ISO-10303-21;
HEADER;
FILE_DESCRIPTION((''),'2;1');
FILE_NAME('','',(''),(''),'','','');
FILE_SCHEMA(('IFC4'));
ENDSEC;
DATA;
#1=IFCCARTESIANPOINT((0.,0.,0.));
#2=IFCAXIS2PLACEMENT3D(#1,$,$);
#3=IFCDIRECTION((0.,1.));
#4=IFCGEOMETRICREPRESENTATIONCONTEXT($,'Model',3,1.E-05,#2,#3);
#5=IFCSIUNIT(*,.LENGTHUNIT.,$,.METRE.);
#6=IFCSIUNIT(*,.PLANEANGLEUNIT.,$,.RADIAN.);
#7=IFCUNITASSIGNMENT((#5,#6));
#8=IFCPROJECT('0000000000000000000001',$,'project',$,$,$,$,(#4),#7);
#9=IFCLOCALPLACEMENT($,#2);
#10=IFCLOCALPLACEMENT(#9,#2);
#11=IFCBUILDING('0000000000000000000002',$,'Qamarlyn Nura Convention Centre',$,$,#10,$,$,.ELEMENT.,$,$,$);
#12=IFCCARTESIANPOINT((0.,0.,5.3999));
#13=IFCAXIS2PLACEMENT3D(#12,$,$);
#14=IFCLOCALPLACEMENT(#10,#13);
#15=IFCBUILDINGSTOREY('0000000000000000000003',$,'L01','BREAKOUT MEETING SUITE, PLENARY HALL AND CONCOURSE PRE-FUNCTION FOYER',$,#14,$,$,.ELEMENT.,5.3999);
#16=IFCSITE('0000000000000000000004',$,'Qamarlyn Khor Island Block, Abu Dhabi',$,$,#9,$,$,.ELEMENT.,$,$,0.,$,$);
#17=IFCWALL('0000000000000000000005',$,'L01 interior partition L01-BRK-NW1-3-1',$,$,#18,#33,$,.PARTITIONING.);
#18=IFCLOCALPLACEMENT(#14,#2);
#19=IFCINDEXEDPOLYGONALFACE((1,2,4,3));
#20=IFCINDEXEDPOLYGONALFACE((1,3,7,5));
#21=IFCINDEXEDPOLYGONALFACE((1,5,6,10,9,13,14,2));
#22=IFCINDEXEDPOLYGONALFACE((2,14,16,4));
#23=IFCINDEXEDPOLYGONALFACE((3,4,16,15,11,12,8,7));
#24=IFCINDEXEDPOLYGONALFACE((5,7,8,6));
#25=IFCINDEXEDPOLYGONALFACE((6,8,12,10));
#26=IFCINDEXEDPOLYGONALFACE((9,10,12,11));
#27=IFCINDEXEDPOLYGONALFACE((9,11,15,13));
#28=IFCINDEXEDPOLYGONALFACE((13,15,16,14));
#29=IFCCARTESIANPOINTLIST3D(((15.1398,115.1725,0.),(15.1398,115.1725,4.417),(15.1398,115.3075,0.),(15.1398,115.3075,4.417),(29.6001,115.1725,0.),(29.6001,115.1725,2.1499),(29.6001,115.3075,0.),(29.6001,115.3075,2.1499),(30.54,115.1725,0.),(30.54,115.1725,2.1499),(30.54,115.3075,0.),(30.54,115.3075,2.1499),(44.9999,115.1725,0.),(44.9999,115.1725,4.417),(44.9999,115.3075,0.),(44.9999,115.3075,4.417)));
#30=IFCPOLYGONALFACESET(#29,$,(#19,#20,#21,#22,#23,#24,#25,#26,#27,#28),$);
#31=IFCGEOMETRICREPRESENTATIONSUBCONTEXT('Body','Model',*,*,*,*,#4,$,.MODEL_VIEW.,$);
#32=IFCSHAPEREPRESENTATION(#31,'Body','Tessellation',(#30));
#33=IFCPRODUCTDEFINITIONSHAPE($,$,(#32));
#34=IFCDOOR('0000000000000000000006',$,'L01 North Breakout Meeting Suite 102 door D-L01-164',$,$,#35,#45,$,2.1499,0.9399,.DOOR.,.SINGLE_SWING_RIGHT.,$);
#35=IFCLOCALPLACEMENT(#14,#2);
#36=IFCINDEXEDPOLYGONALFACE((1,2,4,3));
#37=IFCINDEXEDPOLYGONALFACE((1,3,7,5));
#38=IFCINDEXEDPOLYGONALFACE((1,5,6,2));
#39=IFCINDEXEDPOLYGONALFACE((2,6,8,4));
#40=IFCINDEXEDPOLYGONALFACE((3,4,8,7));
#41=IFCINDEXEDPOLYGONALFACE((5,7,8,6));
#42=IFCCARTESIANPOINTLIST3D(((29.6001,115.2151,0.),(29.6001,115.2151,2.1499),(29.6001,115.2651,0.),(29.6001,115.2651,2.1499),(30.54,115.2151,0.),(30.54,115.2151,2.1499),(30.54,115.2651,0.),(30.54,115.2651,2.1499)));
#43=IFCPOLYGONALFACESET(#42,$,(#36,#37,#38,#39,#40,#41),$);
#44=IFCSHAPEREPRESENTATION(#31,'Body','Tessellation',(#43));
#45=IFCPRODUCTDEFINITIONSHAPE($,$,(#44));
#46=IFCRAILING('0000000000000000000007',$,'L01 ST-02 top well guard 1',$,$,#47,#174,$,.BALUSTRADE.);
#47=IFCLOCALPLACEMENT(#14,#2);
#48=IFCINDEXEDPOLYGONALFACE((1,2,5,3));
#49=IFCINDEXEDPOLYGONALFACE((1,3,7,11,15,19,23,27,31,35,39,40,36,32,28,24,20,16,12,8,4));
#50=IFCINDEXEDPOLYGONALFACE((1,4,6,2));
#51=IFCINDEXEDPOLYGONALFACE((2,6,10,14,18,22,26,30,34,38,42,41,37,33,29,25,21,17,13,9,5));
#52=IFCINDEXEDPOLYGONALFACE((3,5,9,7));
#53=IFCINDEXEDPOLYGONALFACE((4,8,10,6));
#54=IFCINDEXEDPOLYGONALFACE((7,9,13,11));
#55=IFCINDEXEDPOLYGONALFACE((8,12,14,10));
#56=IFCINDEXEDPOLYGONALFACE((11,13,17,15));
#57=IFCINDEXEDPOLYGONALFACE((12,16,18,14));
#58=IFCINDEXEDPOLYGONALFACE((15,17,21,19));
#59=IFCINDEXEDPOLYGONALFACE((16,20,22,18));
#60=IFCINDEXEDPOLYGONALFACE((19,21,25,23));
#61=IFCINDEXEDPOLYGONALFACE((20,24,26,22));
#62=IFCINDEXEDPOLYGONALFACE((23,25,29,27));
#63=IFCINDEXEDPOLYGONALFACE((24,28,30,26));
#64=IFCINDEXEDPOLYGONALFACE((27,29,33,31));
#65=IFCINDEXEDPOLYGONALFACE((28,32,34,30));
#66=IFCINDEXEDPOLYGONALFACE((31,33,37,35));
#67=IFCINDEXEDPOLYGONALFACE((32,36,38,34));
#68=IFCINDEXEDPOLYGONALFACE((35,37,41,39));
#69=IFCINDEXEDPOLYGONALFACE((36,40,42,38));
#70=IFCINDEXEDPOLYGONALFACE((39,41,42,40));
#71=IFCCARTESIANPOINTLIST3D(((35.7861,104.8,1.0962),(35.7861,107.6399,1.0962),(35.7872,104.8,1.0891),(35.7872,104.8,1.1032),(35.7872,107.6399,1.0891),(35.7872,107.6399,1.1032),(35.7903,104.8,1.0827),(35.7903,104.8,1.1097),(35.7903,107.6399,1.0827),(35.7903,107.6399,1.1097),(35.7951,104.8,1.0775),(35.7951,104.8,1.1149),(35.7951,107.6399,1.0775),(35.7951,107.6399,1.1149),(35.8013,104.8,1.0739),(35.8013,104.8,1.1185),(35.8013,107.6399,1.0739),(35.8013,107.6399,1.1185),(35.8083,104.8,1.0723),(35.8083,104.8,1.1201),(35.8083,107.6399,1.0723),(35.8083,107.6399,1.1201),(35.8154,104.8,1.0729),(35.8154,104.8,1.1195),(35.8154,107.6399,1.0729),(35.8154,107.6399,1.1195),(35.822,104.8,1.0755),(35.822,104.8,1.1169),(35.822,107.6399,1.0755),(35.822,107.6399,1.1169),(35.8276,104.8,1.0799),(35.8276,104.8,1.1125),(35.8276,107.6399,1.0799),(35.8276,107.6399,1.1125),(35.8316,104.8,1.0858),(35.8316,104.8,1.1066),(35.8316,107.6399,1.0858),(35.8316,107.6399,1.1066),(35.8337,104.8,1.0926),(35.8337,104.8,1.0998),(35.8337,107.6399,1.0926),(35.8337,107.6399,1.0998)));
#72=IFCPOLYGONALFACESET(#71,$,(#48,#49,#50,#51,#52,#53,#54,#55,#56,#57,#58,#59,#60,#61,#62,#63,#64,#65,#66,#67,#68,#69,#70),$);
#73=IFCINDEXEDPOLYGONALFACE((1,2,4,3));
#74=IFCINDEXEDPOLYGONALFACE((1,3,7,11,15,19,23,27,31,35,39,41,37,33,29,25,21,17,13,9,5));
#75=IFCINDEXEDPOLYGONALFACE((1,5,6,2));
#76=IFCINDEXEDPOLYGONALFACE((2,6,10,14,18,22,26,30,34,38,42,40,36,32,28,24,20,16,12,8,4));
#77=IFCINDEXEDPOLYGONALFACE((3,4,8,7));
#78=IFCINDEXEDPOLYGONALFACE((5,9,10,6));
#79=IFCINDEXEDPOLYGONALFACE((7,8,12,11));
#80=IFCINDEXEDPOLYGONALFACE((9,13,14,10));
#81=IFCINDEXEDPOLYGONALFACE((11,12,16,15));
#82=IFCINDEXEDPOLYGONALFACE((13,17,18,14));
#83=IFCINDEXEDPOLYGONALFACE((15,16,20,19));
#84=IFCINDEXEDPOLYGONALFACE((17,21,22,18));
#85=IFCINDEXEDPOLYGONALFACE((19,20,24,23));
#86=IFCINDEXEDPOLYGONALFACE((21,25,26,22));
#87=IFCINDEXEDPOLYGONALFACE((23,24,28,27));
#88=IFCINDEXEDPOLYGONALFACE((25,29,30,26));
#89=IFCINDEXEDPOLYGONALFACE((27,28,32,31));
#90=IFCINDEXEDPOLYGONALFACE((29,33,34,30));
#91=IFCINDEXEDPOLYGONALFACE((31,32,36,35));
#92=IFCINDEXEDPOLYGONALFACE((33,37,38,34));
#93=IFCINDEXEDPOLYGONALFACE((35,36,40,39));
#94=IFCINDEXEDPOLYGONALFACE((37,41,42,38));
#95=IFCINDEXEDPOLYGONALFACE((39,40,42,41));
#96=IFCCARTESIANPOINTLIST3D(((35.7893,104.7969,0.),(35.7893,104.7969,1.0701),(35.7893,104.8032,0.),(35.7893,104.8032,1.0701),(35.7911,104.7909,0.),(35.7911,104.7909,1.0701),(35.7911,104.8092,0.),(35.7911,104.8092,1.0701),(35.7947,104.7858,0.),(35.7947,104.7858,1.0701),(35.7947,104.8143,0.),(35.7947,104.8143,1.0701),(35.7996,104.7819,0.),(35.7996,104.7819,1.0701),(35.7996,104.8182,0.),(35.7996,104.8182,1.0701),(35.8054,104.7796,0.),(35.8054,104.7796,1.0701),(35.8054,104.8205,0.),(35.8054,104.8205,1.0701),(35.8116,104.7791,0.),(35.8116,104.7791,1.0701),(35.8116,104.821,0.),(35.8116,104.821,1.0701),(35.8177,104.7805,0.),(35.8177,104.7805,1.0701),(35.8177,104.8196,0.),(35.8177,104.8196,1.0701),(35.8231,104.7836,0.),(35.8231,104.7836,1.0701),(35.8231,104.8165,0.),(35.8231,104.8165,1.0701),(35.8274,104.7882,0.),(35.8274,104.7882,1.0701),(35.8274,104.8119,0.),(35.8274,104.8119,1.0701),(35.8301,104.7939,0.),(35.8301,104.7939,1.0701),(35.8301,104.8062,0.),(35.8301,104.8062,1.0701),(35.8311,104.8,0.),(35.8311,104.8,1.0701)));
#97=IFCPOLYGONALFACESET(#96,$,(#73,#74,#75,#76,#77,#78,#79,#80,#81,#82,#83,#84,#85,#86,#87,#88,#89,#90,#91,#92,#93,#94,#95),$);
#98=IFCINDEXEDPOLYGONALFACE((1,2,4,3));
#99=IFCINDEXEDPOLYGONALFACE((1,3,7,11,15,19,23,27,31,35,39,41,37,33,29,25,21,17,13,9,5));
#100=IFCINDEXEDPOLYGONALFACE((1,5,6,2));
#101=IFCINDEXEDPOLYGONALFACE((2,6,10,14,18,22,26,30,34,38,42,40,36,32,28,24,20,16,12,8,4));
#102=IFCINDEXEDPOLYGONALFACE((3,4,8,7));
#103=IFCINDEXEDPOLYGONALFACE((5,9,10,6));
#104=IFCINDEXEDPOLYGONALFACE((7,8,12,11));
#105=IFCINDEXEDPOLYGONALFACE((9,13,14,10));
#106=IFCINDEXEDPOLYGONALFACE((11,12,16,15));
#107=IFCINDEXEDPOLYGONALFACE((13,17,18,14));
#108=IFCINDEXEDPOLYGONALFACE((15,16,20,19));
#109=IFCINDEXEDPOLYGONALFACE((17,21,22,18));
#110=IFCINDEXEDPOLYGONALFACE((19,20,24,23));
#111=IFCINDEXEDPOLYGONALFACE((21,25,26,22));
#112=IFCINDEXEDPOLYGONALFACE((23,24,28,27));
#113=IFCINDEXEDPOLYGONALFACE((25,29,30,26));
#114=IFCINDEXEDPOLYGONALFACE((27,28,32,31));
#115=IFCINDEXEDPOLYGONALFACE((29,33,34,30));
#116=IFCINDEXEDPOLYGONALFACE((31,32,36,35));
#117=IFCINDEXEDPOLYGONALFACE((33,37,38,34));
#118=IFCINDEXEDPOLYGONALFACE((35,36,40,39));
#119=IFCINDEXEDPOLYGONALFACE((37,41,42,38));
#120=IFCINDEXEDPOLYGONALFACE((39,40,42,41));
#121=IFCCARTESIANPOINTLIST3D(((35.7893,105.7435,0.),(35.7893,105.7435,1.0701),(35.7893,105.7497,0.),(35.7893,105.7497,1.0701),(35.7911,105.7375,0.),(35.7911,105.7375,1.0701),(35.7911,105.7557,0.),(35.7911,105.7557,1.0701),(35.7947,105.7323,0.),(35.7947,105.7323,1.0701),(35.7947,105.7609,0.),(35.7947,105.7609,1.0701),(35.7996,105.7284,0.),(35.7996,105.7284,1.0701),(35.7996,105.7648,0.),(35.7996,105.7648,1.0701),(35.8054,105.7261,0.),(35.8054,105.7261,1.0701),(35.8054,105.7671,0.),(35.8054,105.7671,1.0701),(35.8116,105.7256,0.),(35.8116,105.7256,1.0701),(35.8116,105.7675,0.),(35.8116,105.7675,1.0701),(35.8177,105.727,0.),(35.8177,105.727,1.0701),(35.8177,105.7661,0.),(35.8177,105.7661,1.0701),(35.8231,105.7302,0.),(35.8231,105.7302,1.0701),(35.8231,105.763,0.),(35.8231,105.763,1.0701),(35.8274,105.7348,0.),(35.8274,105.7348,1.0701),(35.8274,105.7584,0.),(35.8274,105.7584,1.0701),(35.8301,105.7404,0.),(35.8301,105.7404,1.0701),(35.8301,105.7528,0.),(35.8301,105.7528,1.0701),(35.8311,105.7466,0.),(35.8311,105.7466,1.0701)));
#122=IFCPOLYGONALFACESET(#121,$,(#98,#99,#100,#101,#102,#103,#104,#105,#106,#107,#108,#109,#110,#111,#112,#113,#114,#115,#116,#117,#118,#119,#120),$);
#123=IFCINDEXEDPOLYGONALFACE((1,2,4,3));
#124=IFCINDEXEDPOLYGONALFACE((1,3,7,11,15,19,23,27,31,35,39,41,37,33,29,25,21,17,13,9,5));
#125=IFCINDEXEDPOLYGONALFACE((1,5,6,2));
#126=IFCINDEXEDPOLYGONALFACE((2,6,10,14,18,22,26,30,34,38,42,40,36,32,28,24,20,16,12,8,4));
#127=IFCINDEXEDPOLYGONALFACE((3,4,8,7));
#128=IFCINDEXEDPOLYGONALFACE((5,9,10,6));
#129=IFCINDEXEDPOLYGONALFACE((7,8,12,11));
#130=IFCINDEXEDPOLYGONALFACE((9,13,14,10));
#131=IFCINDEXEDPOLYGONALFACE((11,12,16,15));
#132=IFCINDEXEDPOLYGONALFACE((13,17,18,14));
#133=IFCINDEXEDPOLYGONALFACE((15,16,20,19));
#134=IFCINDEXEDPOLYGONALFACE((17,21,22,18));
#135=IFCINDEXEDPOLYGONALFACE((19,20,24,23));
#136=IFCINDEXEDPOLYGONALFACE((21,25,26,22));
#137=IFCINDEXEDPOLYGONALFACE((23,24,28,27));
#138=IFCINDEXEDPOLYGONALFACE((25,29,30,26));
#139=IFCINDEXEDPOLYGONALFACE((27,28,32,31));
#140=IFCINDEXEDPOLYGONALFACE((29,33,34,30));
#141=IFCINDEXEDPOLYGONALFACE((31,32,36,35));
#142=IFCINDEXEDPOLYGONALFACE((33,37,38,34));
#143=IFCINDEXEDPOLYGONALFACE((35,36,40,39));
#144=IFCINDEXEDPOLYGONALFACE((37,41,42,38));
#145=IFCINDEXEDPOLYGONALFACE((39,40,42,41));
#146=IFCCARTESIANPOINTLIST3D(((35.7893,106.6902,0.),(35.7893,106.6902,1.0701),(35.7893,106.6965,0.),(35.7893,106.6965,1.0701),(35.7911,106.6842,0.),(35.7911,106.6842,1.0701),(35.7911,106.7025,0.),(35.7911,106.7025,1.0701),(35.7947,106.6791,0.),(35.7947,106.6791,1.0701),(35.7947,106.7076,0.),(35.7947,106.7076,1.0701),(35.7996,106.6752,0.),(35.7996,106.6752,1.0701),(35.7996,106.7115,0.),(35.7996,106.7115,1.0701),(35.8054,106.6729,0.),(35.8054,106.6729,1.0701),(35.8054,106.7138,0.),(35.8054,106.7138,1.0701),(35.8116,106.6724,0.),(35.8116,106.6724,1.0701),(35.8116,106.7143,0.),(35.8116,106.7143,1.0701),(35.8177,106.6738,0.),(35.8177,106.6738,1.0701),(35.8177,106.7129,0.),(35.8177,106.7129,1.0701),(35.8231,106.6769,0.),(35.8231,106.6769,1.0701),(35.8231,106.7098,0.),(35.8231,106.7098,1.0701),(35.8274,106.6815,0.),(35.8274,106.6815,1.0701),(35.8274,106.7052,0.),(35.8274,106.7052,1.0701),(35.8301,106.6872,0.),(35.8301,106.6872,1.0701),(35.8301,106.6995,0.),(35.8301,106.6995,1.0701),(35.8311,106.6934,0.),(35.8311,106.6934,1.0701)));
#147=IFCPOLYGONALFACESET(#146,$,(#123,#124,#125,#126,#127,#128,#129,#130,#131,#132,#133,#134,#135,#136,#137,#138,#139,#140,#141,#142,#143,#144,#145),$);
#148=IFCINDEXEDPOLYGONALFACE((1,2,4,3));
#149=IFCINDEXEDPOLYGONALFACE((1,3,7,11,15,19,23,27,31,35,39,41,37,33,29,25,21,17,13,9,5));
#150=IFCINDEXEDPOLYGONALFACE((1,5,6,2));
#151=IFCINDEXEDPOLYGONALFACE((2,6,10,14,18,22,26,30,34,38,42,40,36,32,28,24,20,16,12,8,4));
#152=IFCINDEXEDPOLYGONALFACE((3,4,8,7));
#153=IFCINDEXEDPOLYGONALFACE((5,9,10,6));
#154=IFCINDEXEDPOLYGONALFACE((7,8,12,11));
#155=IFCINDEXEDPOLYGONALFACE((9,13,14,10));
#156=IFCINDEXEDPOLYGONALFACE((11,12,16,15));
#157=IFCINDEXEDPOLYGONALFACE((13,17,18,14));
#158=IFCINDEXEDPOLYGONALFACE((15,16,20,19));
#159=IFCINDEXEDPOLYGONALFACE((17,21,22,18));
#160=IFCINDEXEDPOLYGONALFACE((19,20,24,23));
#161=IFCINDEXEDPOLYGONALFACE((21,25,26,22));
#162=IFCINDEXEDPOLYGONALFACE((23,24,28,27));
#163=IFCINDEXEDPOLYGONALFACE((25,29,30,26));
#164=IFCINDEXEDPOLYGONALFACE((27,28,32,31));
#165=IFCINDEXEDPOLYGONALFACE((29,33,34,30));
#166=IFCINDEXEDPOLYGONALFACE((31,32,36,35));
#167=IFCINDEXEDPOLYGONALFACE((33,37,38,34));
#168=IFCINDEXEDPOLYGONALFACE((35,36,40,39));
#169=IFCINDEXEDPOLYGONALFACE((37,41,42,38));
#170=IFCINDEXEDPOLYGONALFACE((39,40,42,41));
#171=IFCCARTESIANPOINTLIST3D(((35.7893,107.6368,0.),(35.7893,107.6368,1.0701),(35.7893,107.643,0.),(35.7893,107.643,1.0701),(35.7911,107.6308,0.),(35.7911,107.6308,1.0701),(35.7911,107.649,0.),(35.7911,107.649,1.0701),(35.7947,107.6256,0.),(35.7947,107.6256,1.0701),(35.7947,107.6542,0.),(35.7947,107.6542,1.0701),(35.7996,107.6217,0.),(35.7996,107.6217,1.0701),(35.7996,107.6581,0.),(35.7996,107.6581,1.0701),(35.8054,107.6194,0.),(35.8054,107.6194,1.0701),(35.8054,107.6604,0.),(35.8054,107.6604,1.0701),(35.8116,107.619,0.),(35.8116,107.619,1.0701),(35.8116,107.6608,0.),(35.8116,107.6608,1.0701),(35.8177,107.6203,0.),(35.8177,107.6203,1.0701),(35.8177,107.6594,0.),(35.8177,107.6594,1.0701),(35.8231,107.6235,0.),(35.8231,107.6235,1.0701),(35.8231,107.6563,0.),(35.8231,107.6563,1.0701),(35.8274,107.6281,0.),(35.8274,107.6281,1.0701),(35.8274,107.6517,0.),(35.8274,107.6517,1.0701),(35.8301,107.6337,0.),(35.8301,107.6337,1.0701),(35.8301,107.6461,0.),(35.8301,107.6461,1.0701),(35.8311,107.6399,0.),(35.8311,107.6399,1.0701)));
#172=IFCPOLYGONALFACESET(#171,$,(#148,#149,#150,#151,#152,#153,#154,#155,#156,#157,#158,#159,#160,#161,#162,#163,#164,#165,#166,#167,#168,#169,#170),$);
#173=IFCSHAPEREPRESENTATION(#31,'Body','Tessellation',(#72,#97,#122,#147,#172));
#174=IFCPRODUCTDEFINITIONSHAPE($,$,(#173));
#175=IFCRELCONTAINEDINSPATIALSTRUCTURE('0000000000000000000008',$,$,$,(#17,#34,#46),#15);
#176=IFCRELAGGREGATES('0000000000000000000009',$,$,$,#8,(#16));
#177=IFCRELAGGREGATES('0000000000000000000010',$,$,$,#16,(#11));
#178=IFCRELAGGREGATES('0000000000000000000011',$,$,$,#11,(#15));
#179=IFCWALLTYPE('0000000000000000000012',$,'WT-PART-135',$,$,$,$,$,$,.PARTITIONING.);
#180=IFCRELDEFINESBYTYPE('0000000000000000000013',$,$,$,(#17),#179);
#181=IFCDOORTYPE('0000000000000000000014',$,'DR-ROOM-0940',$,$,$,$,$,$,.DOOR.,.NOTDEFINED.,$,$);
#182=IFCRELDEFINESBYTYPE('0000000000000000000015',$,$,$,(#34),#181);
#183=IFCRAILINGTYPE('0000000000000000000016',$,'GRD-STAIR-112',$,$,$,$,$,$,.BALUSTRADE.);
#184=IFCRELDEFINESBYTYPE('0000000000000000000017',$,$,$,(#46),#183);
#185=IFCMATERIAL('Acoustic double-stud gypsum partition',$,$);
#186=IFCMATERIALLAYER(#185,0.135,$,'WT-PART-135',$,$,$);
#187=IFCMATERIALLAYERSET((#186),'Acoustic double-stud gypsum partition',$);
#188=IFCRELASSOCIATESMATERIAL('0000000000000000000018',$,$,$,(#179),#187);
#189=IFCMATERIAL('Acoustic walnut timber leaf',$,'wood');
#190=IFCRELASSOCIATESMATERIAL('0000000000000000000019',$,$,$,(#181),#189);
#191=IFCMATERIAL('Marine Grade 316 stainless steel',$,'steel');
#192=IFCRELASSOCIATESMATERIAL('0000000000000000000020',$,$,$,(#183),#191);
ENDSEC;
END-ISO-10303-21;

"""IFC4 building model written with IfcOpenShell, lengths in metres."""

from ifc_helpers import new_model, si_unit, direction, frame, frame_2d, origin, origin_2d, place, context, subcontext, project, spatial, rectangle, circle, extrude, material, layer, layer_set, type_object, element, fill, save


model = new_model("IFC4")

# Units and contexts
model_context = context("Model", 3, precision=1e-05, world=origin(), true_north=direction((0.0, 1.0)))
body_context = subcontext(model_context, "Body", "Model", "MODEL_VIEW")
ifc_project = project(units=[si_unit("LENGTHUNIT", "METRE"), si_unit("PLANEANGLEUNIT", "RADIAN")], contexts=[model_context])

# Site, building, storey
site_placement = place(None, origin())
site = spatial("IfcSite", under=ifc_project, at=site_placement, Name="Qamarlyn Khor Island Block, Abu Dhabi", CompositionType="ELEMENT", RefElevation=0.0)
building_placement = place(site_placement, origin())
building = spatial("IfcBuilding", under=site, at=building_placement, Name="Qamarlyn Nura Convention Centre", CompositionType="ELEMENT")
storey_placement = place(building_placement, frame((0.0, 0.0, 5.3999)))
storey = spatial("IfcBuildingStorey", under=building, at=storey_placement, Name="L01", Description="BREAKOUT MEETING SUITE, PLENARY HALL AND CONCOURSE PRE-FUNCTION FOYER", CompositionType="ELEMENT", Elevation=5.3999)

# Shared definitions
ifc_material_1 = material(Name="Acoustic double-stud gypsum partition")
ifc_layer_1 = layer(ifc_material_1, 0.135, Name="WT-PART-135")
ifc_layer_set_1 = layer_set([ifc_layer_1], Name="Acoustic double-stud gypsum partition")
wall_type_1 = type_object("IfcWallType", Name="WT-PART-135", PredefinedType="PARTITIONING", material=ifc_layer_set_1)

# Wall, opening, door
wall_1_placement = place(storey_placement, frame((45.0, 115.24, 0.0), z_axis=(0.0, 0.0, 1.0), x_axis=(-1.0, 0.0, 0.0)))
wall_1 = element("IfcWall", 1, at=wall_1_placement, inside=storey, type_object=wall_type_1, Name="L01 interior partition L01-BRK-NW1-3-1", PredefinedType="PARTITIONING", context=body_context, shape_type="SweptSolid", body=[
    extrude(rectangle(XDim=29.8601, YDim=0.135, at=frame_2d((14.9302, 0.0))), origin(), (0.0, 0.0, 1.0), 4.417),
])
opening_1_placement = place(wall_1_placement, frame((14.46, 0.0, 0.0)))
opening_1 = element("IfcOpeningElement", 2, at=opening_1_placement, cuts=wall_1, PredefinedType="OPENING", context=body_context, shape_type="SweptSolid", body=[
    extrude(rectangle(XDim=0.9399, YDim=2.1499, at=frame_2d((0.47, 1.075))), frame((0.0, 0.0776, 0.0), z_axis=(0.0, -1.0, 0.0), x_axis=(1.0, 0.0, 0.0)), (0.0, 0.0, 1.0), 0.155),
])
ifc_material_2 = material(Name="Acoustic walnut timber leaf", Category="wood")
door_type_1 = type_object("IfcDoorType", Name="DR-ROOM-0940", OperationType="NOTDEFINED", PredefinedType="DOOR", material=ifc_material_2)
door_1_placement = place(opening_1_placement, origin())
door_1 = element("IfcDoor", 3, at=door_1_placement, inside=storey, type_object=door_type_1, Name="L01 North Breakout Meeting Suite 102 door D-L01-164", OperationType="SINGLE_SWING_RIGHT", OverallHeight=2.1499, OverallWidth=0.9399, PredefinedType="DOOR", context=body_context, shape_type="SweptSolid", body=[
    extrude(rectangle(XDim=0.9399, YDim=2.1499, at=frame_2d((0.47, 1.075))), frame((0.0, 0.0249, 0.0), z_axis=(0.0, -1.0, 0.0), x_axis=(1.0, 0.0, 0.0)), (0.0, 0.0, 1.0), 0.05),
])
fill(opening_1, door_1)

# Railing
ifc_material_3 = material(Name="Marine Grade 316 stainless steel", Category="steel")
railing_type = type_object("IfcRailingType", Name="GRD-STAIR-112", PredefinedType="BALUSTRADE", material=ifc_material_3)
for number, where, name in (
    (4, (35.8101, 104.8, 0.0), "L01 ST-02 top well guard 1"),
):
    element("IfcRailing", number, at=place(storey_placement, frame(where)), inside=storey, type_object=railing_type, Name=name, PredefinedType="BALUSTRADE", context=body_context, shape_type="SweptSolid", body=[
        extrude(circle(Radius=0.0239, at=origin_2d()), frame((0.0, 0.0, 1.0962), z_axis=(0.0, 1.0, 0.0), x_axis=(-1.0, 0.0, 0.0)), (0.0, 0.0, 1.0), 2.8398),
        extrude(circle(Radius=0.021, at=origin_2d()), origin(), (0.0, 0.0, 1.0), 1.0701),
        extrude(circle(Radius=0.021, at=origin_2d()), frame((0.0, 0.9465, 0.0)), (0.0, 0.0, 1.0), 1.0701),
        extrude(circle(Radius=0.021, at=origin_2d()), frame((0.0, 1.8933, 0.0)), (0.0, 0.0, 1.0), 1.0701),
        extrude(circle(Radius=0.021, at=origin_2d()), frame((0.0, 2.8398, 0.0)), (0.0, 0.0, 1.0), 1.0701),
    ])

save(model, "model.ifc")
